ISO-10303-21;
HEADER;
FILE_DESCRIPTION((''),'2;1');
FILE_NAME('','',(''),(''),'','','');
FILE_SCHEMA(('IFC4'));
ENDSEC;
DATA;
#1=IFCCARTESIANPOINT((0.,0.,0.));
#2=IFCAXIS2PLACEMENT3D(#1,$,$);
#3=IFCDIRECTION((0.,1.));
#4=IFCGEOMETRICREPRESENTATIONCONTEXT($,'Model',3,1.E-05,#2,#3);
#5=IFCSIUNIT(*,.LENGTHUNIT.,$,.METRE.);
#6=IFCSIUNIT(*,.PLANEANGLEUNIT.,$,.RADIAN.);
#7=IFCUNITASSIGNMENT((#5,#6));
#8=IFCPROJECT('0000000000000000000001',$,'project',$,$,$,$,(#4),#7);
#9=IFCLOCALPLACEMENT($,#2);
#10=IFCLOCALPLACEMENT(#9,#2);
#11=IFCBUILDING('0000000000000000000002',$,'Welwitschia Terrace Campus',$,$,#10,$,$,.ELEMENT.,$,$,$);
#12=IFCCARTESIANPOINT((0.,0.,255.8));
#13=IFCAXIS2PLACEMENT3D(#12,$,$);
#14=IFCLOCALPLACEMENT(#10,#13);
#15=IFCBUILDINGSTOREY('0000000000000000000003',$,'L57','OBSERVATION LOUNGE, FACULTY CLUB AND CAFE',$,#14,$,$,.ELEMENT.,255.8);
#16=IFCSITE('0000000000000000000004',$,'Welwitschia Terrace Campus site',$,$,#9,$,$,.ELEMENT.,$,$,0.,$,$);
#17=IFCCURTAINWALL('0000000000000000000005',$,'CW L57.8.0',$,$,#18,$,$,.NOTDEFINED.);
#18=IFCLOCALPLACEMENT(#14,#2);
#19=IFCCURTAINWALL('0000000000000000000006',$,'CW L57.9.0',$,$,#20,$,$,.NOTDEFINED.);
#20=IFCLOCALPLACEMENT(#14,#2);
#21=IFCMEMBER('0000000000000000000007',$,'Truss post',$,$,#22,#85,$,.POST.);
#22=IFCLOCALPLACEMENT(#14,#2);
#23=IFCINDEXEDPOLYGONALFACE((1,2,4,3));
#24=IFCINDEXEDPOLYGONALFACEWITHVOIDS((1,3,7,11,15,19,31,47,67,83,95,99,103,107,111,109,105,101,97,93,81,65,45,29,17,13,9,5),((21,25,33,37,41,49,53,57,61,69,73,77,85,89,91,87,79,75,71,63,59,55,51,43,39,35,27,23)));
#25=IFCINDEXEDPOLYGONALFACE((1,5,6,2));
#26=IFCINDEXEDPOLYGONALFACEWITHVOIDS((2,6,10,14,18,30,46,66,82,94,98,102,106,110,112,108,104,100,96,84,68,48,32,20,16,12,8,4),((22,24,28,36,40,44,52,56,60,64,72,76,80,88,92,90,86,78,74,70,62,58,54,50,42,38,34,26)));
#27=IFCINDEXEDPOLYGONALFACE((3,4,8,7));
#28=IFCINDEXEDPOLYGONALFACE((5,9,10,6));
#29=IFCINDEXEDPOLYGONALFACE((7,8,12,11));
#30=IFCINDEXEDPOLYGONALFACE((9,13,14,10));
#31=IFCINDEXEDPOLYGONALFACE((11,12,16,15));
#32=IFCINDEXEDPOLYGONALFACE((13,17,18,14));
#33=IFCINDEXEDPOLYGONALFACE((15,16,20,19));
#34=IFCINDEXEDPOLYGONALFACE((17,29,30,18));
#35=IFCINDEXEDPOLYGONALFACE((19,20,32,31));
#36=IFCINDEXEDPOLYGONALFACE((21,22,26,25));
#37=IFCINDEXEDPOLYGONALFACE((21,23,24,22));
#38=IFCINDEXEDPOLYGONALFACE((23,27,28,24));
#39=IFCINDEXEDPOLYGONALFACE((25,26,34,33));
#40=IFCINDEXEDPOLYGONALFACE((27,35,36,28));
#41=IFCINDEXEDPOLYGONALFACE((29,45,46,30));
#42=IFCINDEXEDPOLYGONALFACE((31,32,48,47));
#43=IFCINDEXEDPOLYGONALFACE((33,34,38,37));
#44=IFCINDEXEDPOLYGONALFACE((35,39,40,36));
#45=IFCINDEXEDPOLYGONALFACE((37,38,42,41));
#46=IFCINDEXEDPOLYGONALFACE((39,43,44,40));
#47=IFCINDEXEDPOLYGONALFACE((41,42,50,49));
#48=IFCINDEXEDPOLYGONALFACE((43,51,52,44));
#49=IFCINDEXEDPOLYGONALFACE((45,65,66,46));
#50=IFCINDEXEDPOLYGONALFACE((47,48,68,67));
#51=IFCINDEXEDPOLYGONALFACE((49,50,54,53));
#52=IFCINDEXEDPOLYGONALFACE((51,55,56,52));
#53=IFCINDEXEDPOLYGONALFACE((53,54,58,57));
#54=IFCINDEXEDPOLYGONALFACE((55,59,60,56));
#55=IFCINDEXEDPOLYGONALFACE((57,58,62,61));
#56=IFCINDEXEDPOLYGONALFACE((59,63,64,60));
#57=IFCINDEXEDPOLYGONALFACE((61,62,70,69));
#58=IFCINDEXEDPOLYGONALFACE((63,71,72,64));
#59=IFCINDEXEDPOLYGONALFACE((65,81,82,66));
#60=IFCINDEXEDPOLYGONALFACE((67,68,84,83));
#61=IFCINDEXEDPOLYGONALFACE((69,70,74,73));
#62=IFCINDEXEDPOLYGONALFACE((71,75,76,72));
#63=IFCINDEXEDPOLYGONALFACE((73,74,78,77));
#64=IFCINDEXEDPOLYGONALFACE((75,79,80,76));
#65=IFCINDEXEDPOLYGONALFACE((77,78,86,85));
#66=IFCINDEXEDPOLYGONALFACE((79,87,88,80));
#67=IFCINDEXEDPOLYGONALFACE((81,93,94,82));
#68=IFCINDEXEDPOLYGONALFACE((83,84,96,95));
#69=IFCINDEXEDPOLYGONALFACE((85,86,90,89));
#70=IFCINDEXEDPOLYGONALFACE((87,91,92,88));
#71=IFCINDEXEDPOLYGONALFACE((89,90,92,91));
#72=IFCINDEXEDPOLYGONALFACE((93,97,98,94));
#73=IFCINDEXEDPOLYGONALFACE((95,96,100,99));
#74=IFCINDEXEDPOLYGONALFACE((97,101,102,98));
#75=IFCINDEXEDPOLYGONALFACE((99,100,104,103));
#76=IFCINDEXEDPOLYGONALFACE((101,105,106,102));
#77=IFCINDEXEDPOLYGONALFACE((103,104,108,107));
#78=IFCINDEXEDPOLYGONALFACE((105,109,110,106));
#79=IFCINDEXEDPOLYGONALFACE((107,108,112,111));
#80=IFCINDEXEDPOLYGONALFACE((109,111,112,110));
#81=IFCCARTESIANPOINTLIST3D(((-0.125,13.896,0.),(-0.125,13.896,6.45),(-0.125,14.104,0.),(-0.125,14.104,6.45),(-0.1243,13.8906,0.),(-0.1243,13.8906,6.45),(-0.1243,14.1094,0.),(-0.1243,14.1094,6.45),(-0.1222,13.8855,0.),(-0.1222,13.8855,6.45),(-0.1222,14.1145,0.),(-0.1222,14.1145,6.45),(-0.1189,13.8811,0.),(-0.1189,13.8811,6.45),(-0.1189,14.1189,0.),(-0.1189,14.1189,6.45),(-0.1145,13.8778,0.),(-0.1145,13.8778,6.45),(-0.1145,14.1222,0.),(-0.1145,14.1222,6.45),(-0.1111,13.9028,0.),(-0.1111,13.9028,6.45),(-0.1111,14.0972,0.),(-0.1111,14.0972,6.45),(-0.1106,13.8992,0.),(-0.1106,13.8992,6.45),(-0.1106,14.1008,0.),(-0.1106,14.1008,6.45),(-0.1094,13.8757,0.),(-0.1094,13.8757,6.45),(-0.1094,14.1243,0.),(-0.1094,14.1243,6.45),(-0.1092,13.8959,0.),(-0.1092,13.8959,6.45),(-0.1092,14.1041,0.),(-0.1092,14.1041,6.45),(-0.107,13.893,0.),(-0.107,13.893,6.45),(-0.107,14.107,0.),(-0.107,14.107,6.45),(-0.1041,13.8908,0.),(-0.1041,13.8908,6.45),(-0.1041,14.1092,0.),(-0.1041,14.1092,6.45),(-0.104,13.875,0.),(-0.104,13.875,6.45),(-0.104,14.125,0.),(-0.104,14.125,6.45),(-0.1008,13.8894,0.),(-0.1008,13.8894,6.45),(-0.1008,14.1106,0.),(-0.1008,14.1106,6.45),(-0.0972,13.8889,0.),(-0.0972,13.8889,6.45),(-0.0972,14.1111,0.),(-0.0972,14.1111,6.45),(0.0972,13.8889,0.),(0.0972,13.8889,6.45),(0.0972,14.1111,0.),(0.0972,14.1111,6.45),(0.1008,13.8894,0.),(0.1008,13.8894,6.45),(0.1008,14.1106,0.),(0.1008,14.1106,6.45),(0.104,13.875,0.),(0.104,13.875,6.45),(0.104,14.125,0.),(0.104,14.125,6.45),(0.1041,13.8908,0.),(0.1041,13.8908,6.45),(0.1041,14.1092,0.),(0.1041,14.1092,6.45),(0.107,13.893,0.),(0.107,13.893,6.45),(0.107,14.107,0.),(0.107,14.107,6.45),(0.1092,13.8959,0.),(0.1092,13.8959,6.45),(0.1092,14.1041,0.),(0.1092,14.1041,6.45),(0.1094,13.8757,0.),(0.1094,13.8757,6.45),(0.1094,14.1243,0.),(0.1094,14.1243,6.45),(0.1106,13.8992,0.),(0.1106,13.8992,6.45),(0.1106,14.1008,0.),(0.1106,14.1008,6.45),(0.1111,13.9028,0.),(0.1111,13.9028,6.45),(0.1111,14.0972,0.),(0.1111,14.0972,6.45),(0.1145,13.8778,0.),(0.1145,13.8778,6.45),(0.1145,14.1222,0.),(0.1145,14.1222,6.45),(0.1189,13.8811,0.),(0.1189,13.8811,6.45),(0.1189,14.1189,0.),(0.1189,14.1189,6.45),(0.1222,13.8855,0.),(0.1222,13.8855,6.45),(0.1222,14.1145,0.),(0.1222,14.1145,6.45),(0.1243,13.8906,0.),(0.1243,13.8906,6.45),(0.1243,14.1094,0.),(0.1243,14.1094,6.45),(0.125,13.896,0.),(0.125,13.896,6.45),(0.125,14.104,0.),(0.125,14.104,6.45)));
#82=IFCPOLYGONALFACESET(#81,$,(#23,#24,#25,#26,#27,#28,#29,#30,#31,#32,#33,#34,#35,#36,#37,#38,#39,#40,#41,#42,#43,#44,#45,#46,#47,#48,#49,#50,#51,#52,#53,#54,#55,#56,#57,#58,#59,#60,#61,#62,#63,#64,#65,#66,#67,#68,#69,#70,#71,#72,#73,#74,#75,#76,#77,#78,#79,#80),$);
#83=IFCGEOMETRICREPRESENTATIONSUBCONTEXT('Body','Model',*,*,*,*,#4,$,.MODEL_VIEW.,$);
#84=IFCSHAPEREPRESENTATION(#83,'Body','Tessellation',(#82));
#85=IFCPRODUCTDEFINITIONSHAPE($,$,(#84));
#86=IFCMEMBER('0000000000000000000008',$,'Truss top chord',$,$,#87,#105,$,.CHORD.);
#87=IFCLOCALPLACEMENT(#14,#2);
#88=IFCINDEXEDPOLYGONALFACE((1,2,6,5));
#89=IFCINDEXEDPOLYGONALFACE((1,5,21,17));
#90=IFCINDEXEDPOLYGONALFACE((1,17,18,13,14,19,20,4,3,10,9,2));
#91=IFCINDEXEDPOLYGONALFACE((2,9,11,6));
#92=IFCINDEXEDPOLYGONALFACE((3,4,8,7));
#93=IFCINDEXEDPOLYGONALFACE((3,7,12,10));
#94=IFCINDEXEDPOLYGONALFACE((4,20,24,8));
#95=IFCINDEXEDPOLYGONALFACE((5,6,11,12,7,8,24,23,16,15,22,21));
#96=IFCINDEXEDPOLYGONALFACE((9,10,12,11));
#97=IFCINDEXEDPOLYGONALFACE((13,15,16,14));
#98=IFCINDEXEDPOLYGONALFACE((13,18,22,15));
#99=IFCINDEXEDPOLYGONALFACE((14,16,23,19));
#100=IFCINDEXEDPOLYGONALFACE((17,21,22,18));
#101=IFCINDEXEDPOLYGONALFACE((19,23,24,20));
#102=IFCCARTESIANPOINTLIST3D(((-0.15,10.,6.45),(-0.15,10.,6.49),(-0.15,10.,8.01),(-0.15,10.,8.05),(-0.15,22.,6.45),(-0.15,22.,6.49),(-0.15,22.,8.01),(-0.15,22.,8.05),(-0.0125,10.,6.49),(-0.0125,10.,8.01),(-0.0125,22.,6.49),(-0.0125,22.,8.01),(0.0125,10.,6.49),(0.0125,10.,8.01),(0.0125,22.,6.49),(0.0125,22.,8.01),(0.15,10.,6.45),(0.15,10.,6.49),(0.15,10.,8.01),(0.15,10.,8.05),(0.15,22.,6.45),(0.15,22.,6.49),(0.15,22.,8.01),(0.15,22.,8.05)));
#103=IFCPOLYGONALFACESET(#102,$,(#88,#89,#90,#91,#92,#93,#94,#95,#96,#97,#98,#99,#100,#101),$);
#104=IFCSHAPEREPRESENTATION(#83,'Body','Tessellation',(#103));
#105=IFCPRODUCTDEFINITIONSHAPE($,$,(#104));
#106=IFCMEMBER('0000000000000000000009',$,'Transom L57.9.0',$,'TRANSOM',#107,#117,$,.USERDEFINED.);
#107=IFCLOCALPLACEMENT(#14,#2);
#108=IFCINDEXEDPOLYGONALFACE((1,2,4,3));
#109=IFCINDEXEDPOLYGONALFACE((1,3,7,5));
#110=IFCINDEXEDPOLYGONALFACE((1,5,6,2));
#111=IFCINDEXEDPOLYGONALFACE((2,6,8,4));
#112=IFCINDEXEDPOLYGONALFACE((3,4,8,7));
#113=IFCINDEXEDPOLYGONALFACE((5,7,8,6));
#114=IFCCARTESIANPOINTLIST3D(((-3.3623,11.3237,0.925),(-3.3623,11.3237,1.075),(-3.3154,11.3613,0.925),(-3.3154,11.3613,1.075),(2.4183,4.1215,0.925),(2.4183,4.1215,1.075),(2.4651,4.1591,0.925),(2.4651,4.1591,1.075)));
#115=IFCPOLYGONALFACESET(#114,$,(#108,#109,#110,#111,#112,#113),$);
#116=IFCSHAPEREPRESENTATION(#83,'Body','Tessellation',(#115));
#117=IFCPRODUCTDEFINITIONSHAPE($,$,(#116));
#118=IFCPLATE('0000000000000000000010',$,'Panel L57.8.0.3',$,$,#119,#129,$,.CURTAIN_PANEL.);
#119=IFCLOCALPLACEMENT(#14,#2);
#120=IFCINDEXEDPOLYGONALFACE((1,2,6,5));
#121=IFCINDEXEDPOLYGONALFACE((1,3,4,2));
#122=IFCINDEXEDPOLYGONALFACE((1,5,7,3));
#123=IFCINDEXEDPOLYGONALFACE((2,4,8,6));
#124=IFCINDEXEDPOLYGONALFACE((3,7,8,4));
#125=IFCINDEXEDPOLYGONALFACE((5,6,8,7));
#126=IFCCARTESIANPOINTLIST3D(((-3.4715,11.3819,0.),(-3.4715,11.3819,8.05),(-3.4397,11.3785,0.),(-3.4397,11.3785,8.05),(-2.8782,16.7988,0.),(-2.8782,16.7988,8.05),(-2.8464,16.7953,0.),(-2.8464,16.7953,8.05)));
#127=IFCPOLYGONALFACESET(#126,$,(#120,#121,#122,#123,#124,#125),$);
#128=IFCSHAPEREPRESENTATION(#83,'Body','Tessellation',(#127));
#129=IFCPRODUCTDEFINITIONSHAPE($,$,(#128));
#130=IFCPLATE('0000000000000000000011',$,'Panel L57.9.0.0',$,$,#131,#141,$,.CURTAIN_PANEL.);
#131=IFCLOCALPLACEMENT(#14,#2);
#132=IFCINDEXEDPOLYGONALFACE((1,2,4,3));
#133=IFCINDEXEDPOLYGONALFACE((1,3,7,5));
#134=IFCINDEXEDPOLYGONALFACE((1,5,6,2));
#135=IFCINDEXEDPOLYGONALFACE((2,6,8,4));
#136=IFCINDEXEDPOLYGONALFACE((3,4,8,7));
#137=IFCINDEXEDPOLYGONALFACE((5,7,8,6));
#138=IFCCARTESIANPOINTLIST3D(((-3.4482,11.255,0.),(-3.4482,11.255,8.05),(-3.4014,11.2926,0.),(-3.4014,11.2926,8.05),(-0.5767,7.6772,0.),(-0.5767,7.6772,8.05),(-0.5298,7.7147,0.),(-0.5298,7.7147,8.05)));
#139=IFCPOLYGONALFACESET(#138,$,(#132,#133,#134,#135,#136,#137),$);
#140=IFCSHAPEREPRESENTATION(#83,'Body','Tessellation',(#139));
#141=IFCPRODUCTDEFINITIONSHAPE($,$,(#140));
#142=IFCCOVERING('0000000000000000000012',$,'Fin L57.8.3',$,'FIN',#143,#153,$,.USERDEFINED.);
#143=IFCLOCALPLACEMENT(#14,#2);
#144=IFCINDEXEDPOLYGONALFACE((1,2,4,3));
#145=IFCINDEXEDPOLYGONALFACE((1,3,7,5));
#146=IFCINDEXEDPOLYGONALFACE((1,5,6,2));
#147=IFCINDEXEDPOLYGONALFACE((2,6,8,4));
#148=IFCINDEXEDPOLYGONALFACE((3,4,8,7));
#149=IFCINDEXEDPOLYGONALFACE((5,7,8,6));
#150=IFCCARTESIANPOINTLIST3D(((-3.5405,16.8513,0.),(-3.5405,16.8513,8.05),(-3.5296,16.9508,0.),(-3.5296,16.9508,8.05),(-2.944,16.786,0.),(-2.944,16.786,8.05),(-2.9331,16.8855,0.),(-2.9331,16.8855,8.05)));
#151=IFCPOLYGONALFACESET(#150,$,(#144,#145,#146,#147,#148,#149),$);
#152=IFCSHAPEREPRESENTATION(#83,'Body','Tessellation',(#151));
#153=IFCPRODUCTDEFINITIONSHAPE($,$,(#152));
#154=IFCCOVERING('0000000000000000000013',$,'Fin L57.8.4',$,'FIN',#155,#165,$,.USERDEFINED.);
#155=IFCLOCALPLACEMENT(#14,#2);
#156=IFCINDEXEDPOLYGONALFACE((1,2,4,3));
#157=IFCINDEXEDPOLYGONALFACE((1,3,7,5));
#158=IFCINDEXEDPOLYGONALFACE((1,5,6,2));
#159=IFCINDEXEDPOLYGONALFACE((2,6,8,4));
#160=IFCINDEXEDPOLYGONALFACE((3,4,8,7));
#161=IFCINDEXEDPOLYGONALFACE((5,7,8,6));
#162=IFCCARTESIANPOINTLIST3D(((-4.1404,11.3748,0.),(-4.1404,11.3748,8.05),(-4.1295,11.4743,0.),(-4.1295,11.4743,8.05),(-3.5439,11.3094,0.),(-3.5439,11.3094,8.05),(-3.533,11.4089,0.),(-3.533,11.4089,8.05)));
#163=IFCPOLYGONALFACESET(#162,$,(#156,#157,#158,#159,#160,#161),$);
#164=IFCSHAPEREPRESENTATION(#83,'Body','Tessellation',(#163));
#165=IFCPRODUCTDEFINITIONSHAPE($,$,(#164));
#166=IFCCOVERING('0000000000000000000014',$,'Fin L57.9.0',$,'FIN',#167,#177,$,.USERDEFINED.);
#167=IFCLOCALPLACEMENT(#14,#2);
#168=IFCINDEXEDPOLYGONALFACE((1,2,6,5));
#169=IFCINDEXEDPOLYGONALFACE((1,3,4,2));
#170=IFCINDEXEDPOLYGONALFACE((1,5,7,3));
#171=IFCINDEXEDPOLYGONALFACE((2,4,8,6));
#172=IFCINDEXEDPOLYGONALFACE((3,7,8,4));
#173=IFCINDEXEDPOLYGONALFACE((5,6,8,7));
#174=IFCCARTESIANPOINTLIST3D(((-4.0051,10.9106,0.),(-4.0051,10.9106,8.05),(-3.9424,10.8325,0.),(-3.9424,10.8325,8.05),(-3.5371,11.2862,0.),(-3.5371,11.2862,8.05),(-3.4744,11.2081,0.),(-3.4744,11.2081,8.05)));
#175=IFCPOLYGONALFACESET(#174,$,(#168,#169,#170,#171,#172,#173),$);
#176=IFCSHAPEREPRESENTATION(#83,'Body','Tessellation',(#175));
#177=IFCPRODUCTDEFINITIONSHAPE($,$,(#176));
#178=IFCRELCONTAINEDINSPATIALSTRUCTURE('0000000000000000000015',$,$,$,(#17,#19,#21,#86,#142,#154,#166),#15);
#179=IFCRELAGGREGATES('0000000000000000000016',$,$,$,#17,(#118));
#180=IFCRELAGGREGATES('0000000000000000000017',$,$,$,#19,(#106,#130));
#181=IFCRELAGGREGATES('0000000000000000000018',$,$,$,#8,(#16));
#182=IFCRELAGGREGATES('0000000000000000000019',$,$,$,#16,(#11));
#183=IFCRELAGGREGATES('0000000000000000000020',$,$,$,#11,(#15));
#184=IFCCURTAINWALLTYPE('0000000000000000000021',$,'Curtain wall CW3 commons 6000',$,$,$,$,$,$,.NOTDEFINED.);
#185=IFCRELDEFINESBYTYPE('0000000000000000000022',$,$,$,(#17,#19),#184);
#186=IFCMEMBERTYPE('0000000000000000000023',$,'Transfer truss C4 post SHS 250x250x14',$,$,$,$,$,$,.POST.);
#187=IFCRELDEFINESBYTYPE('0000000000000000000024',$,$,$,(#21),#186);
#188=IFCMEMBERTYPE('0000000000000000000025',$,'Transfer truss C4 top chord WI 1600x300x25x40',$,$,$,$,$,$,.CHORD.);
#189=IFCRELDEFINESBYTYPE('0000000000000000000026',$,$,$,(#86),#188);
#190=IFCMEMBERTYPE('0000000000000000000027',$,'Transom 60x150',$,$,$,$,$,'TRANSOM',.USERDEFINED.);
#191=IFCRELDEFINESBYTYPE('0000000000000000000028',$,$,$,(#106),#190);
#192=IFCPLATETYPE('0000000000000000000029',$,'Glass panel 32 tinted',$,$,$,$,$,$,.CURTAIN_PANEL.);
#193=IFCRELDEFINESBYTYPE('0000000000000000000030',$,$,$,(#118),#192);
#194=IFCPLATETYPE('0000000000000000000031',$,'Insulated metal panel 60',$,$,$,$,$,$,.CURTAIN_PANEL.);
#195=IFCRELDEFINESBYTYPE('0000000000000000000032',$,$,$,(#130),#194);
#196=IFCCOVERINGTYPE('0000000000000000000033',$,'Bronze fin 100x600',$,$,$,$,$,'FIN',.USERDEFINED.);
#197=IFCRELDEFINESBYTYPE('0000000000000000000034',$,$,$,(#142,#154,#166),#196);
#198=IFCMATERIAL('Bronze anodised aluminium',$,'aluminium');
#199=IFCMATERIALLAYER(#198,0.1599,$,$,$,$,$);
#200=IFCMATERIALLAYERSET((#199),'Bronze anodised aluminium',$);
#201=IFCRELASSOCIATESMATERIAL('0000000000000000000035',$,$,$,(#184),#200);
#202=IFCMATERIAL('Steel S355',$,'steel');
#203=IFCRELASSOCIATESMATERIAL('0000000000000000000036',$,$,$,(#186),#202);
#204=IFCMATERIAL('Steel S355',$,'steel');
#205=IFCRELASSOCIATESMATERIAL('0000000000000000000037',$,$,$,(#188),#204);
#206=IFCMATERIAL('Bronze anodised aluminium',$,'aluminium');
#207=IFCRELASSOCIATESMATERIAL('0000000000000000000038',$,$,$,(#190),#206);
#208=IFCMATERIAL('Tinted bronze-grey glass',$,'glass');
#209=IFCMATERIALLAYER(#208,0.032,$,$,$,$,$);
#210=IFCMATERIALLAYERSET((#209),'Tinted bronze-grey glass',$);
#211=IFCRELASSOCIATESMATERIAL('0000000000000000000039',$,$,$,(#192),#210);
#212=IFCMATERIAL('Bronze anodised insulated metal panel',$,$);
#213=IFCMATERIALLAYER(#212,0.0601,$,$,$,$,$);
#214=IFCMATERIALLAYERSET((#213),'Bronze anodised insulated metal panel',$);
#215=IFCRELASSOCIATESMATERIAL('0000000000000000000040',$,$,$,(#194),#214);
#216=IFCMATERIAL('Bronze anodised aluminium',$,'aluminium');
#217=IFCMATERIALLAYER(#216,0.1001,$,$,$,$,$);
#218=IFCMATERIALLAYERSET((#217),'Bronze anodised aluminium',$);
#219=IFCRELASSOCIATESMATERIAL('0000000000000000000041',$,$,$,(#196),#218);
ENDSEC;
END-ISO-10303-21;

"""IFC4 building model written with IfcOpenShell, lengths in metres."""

from ifc_helpers import new_model, si_unit, direction, frame, origin, origin_2d, place, context, subcontext, project, spatial, rectangle, hollow_rectangle, i_section, extrude, material, layer, layer_set, material_profile, profile_set, type_object, element, aggregate, save


model = new_model("IFC4")

# Units and contexts
model_context = context("Model", 3, precision=1e-05, world=origin(), true_north=direction((0.0, 1.0)))
body_context = subcontext(model_context, "Body", "Model", "MODEL_VIEW")
ifc_project = project(units=[si_unit("LENGTHUNIT", "METRE"), si_unit("PLANEANGLEUNIT", "RADIAN")], contexts=[model_context])

# Site, building, storey
site_placement = place(None, origin())
site = spatial("IfcSite", under=ifc_project, at=site_placement, Name="Welwitschia Terrace Campus site", CompositionType="ELEMENT", RefElevation=0.0)
building_placement = place(site_placement, origin())
building = spatial("IfcBuilding", under=site, at=building_placement, Name="Welwitschia Terrace Campus", CompositionType="ELEMENT")
storey_placement = place(building_placement, frame((0.0, 0.0, 255.8)))
storey = spatial("IfcBuildingStorey", under=building, at=storey_placement, Name="L57", Description="OBSERVATION LOUNGE, FACULTY CLUB AND CAFE", CompositionType="ELEMENT", Elevation=255.8)

# Curtain wall
ifc_material_1 = material(Name="Bronze anodised aluminium", Category="aluminium")
ifc_layer_1 = layer(ifc_material_1, 0.1599)
ifc_layer_set_1 = layer_set([ifc_layer_1], Name="Bronze anodised aluminium")
curtain_wall_type = type_object("IfcCurtainWallType", Name="Curtain wall CW3 commons 6000", PredefinedType="NOTDEFINED", material=ifc_layer_set_1)
curtain_wall_1_placement = place(storey_placement, origin())
curtain_wall_1 = element("IfcCurtainWall", 1, at=curtain_wall_1_placement, inside=storey, type_object=curtain_wall_type, Name="CW L57.8.0", PredefinedType="NOTDEFINED")

# Curtain wall
curtain_wall_2_placement = place(storey_placement, origin())
curtain_wall_2 = element("IfcCurtainWall", 2, at=curtain_wall_2_placement, inside=storey, type_object=curtain_wall_type, Name="CW L57.9.0", PredefinedType="NOTDEFINED")

# Members
ifc_material_2 = material(Name="Steel S355", Category="steel")
ifc_material_profile_1 = material_profile(ifc_material_2, hollow_rectangle(XDim=0.25, YDim=0.25, WallThickness=0.0139, InnerFilletRadius=0.0139, OuterFilletRadius=0.021, at=origin_2d()))
ifc_profile_set_1 = profile_set([ifc_material_profile_1], Name="Steel S355")
member_type_1 = type_object("IfcMemberType", Name="Transfer truss C4 post SHS 250x250x14", PredefinedType="POST", material=ifc_profile_set_1)
for number, where, z_axis, x_axis, name in (
    (3, (0.0, 14.0, 0.0), (0.0, 0.0, 1.0), (1.0, 0.0, 0.0), "Truss post"),
):
    element("IfcMember", number, at=place(storey_placement, frame(where, z_axis=z_axis, x_axis=x_axis)), inside=storey, type_object=member_type_1, Name=name, PredefinedType="POST", context=body_context, shape_type="SweptSolid", body=[
        extrude(hollow_rectangle(XDim=0.25, YDim=0.25, WallThickness=0.0139, InnerFilletRadius=0.0139, OuterFilletRadius=0.021, at=origin_2d()), origin(), (0.0, 0.0, 1.0), 6.45),
    ])
ifc_material_3 = material(Name="Steel S355", Category="steel")
ifc_material_profile_2 = material_profile(ifc_material_3, i_section(OverallWidth=0.3, OverallDepth=1.6001, WebThickness=0.0249, FlangeThickness=0.04, at=origin_2d()))
ifc_profile_set_2 = profile_set([ifc_material_profile_2], Name="Steel S355")
member_type_2 = type_object("IfcMemberType", Name="Transfer truss C4 top chord WI 1600x300x25x40", PredefinedType="CHORD", material=ifc_profile_set_2)
member_1_placement = place(storey_placement, frame((0.0, 10.0, 7.25), z_axis=(0.0, 1.0, 0.0), x_axis=(-1.0, 0.0, 0.0)))
element("IfcMember", 4, at=member_1_placement, inside=storey, type_object=member_type_2, Name="Truss top chord", PredefinedType="CHORD", context=body_context, shape_type="SweptSolid", body=[
    extrude(i_section(OverallWidth=0.3, OverallDepth=1.6001, WebThickness=0.0249, FlangeThickness=0.04, at=origin_2d()), origin(), (0.0, 0.0, 1.0), 12.0),
])

# Member
ifc_material_4 = material(Name="Bronze anodised aluminium", Category="aluminium")
ifc_material_profile_3 = material_profile(ifc_material_4, rectangle(XDim=0.0601, YDim=0.1499, at=origin_2d()))
ifc_profile_set_3 = profile_set([ifc_material_profile_3], Name="Bronze anodised aluminium")
member_type_3 = type_object("IfcMemberType", Name="Transom 60x150", ElementType="TRANSOM", PredefinedType="USERDEFINED", material=ifc_profile_set_3)
member_2_placement = place(storey_placement, frame((-3.3389, 11.3425, 1.0), z_axis=(0.625935, -0.779875, 0.0), x_axis=(0.779875, 0.625935, 0.0)))
member_2 = element("IfcMember", 5, at=member_2_placement, type_object=member_type_3, Name="Transom L57.9.0", ObjectType="TRANSOM", PredefinedType="USERDEFINED", context=body_context, shape_type="SweptSolid", body=[
    extrude(rectangle(XDim=0.0601, YDim=0.1499, at=origin_2d()), origin(), (0.0, 0.0, 1.0), 9.2351),
])

# Plates
ifc_material_5 = material(Name="Tinted bronze-grey glass", Category="glass")
ifc_layer_2 = layer(ifc_material_5, 0.032)
ifc_layer_set_2 = layer_set([ifc_layer_2], Name="Tinted bronze-grey glass")
plate_type_1 = type_object("IfcPlateType", Name="Glass panel 32 tinted", PredefinedType="CURTAIN_PANEL", material=ifc_layer_set_2)
plate_1_placement = place(storey_placement, frame((-3.1589, 14.0886, 0.0), z_axis=(0.0, 0.0, 1.0), x_axis=(-0.108867, -0.994056, 0.0)))
plate_1 = element("IfcPlate", 6, at=plate_1_placement, type_object=plate_type_1, Name="Panel L57.8.0.3", PredefinedType="CURTAIN_PANEL", context=body_context, shape_type="SweptSolid", body=[
    extrude(rectangle(XDim=5.4492, YDim=0.032, at=origin_2d()), origin(), (0.0, 0.0, 1.0), 8.05),
])
aggregate(curtain_wall_1, [plate_1])
ifc_material_6 = material(Name="Bronze anodised insulated metal panel")
ifc_layer_3 = layer(ifc_material_6, 0.0601)
ifc_layer_set_3 = layer_set([ifc_layer_3], Name="Bronze anodised insulated metal panel")
plate_type_2 = type_object("IfcPlateType", Name="Insulated metal panel 60", PredefinedType="CURTAIN_PANEL", material=ifc_layer_set_3)
plate_2_placement = place(storey_placement, frame((-1.989, 9.4849, 0.0), z_axis=(0.0, 0.0, 1.0), x_axis=(0.625923, -0.779884, 0.0)))
plate_2 = element("IfcPlate", 7, at=plate_2_placement, type_object=plate_type_2, Name="Panel L57.9.0.0", PredefinedType="CURTAIN_PANEL", context=body_context, shape_type="SweptSolid", body=[
    extrude(rectangle(XDim=4.5876, YDim=0.0601, at=origin_2d()), origin(), (0.0, 0.0, 1.0), 8.05),
])
aggregate(curtain_wall_2, [member_2, plate_2])

# Coverings
ifc_material_7 = material(Name="Bronze anodised aluminium", Category="aluminium")
ifc_layer_4 = layer(ifc_material_7, 0.1001)
ifc_layer_set_4 = layer_set([ifc_layer_4], Name="Bronze anodised aluminium")
covering_type = type_object("IfcCoveringType", Name="Bronze fin 100x600", ElementType="FIN", PredefinedType="USERDEFINED", material=ifc_layer_set_4)
for number, where, z_axis, x_axis, name in (
    (8, (-3.2368, 16.8684, 0.0), (0.0, 0.0, 1.0), (-0.108867, -0.994056, 0.0), "Fin L57.8.3"),
    (9, (-3.8367, 11.3918, 0.0), (0.0, 0.0, 1.0), (-0.108867, -0.994056, 0.0), "Fin L57.8.4"),
    (10, (-3.7397, 11.0593, 0.0), (0.0, 0.0, 1.0), (0.625923, -0.779884, 0.0), "Fin L57.9.0"),
):
    element("IfcCovering", number, at=place(storey_placement, frame(where, z_axis=z_axis, x_axis=x_axis)), inside=storey, type_object=covering_type, Name=name, ObjectType="FIN", PredefinedType="USERDEFINED", context=body_context, shape_type="SweptSolid", body=[
        extrude(rectangle(XDim=0.1001, YDim=0.6001, at=origin_2d()), origin(), (0.0, 0.0, 1.0), 8.05),
    ])

save(model, "model.ifc")
